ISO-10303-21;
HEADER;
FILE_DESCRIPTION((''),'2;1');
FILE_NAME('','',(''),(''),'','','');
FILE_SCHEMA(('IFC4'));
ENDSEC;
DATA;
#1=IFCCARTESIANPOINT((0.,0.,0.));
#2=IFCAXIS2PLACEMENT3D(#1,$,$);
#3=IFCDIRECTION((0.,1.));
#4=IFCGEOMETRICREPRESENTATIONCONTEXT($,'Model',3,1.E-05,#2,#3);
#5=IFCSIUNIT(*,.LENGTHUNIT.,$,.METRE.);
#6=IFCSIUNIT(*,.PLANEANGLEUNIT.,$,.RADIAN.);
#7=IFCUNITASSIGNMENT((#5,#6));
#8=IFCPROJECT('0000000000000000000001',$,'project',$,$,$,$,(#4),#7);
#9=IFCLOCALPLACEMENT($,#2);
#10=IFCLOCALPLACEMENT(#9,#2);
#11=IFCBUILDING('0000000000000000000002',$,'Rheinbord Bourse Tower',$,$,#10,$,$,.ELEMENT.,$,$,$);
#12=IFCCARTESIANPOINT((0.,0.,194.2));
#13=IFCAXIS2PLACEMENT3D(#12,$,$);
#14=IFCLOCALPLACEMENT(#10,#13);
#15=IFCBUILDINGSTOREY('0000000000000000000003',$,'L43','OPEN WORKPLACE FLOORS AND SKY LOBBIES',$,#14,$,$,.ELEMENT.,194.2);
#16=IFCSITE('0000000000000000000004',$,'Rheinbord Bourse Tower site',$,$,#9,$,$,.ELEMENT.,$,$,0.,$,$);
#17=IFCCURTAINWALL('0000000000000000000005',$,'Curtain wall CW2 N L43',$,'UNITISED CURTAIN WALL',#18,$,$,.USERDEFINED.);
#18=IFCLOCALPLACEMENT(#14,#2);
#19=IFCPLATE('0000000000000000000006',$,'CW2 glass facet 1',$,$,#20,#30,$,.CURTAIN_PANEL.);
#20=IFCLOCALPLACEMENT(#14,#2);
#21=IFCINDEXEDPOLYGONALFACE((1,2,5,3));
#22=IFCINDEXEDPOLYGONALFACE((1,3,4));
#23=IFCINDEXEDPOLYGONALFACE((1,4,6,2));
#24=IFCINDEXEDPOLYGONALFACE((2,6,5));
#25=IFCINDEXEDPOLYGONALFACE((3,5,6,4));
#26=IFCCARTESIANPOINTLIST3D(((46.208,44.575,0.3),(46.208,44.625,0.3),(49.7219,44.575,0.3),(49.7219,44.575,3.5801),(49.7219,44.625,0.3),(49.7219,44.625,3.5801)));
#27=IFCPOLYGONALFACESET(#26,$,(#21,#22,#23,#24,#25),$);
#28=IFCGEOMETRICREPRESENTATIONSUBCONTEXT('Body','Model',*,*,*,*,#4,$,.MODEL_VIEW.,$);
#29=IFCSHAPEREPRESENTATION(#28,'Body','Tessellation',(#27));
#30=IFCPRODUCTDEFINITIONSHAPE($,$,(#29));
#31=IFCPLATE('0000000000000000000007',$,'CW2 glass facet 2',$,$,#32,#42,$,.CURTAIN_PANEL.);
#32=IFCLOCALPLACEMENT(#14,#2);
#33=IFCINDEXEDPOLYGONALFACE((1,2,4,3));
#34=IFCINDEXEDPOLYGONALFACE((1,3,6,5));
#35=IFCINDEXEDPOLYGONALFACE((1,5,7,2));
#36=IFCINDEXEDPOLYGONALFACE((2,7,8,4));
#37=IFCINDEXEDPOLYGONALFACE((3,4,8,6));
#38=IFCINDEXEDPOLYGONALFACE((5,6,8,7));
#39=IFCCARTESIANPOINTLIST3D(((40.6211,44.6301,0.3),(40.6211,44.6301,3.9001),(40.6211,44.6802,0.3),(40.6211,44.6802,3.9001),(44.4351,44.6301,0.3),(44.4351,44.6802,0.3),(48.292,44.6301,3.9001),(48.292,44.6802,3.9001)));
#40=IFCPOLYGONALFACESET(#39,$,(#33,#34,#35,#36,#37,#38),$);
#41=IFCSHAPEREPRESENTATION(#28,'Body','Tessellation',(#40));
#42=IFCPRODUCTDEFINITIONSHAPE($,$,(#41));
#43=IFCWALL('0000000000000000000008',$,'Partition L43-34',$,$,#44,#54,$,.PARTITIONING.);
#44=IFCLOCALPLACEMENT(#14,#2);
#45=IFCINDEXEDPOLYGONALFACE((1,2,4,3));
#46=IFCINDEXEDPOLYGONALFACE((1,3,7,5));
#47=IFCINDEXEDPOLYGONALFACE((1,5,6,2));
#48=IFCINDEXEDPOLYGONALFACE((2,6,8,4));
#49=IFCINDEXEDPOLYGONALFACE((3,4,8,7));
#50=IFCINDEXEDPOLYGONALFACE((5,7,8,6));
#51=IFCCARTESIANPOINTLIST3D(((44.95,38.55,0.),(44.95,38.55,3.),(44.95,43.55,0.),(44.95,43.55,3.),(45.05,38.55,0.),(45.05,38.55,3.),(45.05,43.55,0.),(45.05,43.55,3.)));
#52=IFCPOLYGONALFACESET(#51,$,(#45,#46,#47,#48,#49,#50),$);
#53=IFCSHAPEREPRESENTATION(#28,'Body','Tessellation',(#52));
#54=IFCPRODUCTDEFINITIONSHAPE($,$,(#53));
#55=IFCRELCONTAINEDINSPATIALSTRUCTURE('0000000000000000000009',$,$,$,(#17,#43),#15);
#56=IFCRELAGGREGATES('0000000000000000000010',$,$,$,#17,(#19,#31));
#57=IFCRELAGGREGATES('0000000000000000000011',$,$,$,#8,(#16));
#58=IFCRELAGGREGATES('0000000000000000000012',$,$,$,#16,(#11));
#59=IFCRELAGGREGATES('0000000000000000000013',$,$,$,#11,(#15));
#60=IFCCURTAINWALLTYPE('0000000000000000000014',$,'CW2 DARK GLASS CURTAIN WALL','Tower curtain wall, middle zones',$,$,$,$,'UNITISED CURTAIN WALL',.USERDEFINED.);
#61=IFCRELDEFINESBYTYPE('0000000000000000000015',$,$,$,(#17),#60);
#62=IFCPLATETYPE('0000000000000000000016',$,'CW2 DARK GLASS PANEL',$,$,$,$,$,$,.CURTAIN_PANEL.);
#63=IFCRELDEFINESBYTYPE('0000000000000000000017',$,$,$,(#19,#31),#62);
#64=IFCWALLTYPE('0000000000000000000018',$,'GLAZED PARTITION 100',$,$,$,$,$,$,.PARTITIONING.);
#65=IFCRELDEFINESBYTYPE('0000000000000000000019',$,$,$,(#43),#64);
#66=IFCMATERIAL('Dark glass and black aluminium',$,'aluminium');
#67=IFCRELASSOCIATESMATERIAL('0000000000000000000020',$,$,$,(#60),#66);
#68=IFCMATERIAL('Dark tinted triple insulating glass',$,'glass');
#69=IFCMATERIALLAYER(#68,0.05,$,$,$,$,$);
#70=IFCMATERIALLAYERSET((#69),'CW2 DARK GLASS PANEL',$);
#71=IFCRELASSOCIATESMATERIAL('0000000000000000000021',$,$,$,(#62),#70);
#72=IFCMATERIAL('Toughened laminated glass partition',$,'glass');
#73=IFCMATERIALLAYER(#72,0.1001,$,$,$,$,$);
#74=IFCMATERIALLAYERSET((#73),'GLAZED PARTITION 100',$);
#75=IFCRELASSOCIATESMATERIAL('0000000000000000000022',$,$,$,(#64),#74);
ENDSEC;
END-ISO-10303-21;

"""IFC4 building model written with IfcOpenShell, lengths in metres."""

from ifc_helpers import new_model, si_unit, direction, frame, frame_2d, origin, place, context, subcontext, project, spatial, polyline, rectangle, outline, extrude, material, layer, layer_set, type_object, element, aggregate, save


model = new_model("IFC4")

# Units and contexts
model_context = context("Model", 3, precision=1e-05, world=origin(), true_north=direction((0.0, 1.0)))
body_context = subcontext(model_context, "Body", "Model", "MODEL_VIEW")
ifc_project = project(units=[si_unit("LENGTHUNIT", "METRE"), si_unit("PLANEANGLEUNIT", "RADIAN")], contexts=[model_context])

# Site, building, storey
site_placement = place(None, origin())
site = spatial("IfcSite", under=ifc_project, at=site_placement, Name="Rheinbord Bourse Tower site", CompositionType="ELEMENT", RefElevation=0.0)
building_placement = place(site_placement, origin())
building = spatial("IfcBuilding", under=site, at=building_placement, Name="Rheinbord Bourse Tower", CompositionType="ELEMENT")
storey_placement = place(building_placement, frame((0.0, 0.0, 194.2)))
storey = spatial("IfcBuildingStorey", under=building, at=storey_placement, Name="L43", Description="OPEN WORKPLACE FLOORS AND SKY LOBBIES", CompositionType="ELEMENT", Elevation=194.2)

# Curtain wall
ifc_material_1 = material(Name="Dark glass and black aluminium", Category="aluminium")
curtain_wall_type = type_object("IfcCurtainWallType", Name="CW2 DARK GLASS CURTAIN WALL", Description="Tower curtain wall, middle zones", ElementType="UNITISED CURTAIN WALL", PredefinedType="USERDEFINED", material=ifc_material_1)
curtain_wall_placement = place(storey_placement, origin())
curtain_wall = element("IfcCurtainWall", 1, at=curtain_wall_placement, inside=storey, type_object=curtain_wall_type, Name="Curtain wall CW2 N L43", ObjectType="UNITISED CURTAIN WALL", PredefinedType="USERDEFINED")

# Plates
ifc_material_2 = material(Name="Dark tinted triple insulating glass", Category="glass")
ifc_layer_1 = layer(ifc_material_2, 0.05)
ifc_layer_set_1 = layer_set([ifc_layer_1], Name="CW2 DARK GLASS PANEL")
plate_type = type_object("IfcPlateType", Name="CW2 DARK GLASS PANEL", PredefinedType="CURTAIN_PANEL", material=ifc_layer_set_1)
plate_1_placement = place(storey_placement, frame((49.7219, 44.625, 0.3), z_axis=(0.0, -1.0, 0.0), x_axis=(0.0, 0.0, 1.0)))
plate_1 = element("IfcPlate", 2, at=plate_1_placement, type_object=plate_type, Name="CW2 glass facet 1", PredefinedType="CURTAIN_PANEL", context=body_context, shape_type="SweptSolid", body=[
    extrude(outline(polyline([(0.0, 0.0), (3.28, 0.0), (0.0, 3.5139), (0.0, 0.0)])), origin(), (0.0, 0.0, 1.0), 0.05),
])
plate_2_placement = place(storey_placement, frame((40.6211, 44.6802, 3.9001), z_axis=(0.0, -1.0, 0.0), x_axis=(0.0, 0.0, -1.0)))
plate_2 = element("IfcPlate", 3, at=plate_2_placement, type_object=plate_type, Name="CW2 glass facet 2", PredefinedType="CURTAIN_PANEL", context=body_context, shape_type="SweptSolid", body=[
    extrude(outline(polyline([(0.0, 0.0), (3.6001, 0.0), (3.6001, 3.814), (0.0, 7.6709), (0.0, 0.0)])), origin(), (0.0, 0.0, 1.0), 0.05),
])
aggregate(curtain_wall, [plate_1, plate_2])

# Wall
ifc_material_3 = material(Name="Toughened laminated glass partition", Category="glass")
ifc_layer_2 = layer(ifc_material_3, 0.1001)
ifc_layer_set_2 = layer_set([ifc_layer_2], Name="GLAZED PARTITION 100")
wall_type = type_object("IfcWallType", Name="GLAZED PARTITION 100", PredefinedType="PARTITIONING", material=ifc_layer_set_2)
wall_placement = place(storey_placement, frame((45.0, 38.55, 0.0), z_axis=(0.0, 0.0, 1.0), x_axis=(0.0, 1.0, 0.0)))
element("IfcWall", 4, at=wall_placement, inside=storey, type_object=wall_type, Name="Partition L43-34", PredefinedType="PARTITIONING", context=body_context, shape_type="SweptSolid", body=[
    extrude(rectangle(XDim=5.0, YDim=0.1001, at=frame_2d((2.5, 0.0))), origin(), (0.0, 0.0, 1.0), 3.0),
])

save(model, "model.ifc")
